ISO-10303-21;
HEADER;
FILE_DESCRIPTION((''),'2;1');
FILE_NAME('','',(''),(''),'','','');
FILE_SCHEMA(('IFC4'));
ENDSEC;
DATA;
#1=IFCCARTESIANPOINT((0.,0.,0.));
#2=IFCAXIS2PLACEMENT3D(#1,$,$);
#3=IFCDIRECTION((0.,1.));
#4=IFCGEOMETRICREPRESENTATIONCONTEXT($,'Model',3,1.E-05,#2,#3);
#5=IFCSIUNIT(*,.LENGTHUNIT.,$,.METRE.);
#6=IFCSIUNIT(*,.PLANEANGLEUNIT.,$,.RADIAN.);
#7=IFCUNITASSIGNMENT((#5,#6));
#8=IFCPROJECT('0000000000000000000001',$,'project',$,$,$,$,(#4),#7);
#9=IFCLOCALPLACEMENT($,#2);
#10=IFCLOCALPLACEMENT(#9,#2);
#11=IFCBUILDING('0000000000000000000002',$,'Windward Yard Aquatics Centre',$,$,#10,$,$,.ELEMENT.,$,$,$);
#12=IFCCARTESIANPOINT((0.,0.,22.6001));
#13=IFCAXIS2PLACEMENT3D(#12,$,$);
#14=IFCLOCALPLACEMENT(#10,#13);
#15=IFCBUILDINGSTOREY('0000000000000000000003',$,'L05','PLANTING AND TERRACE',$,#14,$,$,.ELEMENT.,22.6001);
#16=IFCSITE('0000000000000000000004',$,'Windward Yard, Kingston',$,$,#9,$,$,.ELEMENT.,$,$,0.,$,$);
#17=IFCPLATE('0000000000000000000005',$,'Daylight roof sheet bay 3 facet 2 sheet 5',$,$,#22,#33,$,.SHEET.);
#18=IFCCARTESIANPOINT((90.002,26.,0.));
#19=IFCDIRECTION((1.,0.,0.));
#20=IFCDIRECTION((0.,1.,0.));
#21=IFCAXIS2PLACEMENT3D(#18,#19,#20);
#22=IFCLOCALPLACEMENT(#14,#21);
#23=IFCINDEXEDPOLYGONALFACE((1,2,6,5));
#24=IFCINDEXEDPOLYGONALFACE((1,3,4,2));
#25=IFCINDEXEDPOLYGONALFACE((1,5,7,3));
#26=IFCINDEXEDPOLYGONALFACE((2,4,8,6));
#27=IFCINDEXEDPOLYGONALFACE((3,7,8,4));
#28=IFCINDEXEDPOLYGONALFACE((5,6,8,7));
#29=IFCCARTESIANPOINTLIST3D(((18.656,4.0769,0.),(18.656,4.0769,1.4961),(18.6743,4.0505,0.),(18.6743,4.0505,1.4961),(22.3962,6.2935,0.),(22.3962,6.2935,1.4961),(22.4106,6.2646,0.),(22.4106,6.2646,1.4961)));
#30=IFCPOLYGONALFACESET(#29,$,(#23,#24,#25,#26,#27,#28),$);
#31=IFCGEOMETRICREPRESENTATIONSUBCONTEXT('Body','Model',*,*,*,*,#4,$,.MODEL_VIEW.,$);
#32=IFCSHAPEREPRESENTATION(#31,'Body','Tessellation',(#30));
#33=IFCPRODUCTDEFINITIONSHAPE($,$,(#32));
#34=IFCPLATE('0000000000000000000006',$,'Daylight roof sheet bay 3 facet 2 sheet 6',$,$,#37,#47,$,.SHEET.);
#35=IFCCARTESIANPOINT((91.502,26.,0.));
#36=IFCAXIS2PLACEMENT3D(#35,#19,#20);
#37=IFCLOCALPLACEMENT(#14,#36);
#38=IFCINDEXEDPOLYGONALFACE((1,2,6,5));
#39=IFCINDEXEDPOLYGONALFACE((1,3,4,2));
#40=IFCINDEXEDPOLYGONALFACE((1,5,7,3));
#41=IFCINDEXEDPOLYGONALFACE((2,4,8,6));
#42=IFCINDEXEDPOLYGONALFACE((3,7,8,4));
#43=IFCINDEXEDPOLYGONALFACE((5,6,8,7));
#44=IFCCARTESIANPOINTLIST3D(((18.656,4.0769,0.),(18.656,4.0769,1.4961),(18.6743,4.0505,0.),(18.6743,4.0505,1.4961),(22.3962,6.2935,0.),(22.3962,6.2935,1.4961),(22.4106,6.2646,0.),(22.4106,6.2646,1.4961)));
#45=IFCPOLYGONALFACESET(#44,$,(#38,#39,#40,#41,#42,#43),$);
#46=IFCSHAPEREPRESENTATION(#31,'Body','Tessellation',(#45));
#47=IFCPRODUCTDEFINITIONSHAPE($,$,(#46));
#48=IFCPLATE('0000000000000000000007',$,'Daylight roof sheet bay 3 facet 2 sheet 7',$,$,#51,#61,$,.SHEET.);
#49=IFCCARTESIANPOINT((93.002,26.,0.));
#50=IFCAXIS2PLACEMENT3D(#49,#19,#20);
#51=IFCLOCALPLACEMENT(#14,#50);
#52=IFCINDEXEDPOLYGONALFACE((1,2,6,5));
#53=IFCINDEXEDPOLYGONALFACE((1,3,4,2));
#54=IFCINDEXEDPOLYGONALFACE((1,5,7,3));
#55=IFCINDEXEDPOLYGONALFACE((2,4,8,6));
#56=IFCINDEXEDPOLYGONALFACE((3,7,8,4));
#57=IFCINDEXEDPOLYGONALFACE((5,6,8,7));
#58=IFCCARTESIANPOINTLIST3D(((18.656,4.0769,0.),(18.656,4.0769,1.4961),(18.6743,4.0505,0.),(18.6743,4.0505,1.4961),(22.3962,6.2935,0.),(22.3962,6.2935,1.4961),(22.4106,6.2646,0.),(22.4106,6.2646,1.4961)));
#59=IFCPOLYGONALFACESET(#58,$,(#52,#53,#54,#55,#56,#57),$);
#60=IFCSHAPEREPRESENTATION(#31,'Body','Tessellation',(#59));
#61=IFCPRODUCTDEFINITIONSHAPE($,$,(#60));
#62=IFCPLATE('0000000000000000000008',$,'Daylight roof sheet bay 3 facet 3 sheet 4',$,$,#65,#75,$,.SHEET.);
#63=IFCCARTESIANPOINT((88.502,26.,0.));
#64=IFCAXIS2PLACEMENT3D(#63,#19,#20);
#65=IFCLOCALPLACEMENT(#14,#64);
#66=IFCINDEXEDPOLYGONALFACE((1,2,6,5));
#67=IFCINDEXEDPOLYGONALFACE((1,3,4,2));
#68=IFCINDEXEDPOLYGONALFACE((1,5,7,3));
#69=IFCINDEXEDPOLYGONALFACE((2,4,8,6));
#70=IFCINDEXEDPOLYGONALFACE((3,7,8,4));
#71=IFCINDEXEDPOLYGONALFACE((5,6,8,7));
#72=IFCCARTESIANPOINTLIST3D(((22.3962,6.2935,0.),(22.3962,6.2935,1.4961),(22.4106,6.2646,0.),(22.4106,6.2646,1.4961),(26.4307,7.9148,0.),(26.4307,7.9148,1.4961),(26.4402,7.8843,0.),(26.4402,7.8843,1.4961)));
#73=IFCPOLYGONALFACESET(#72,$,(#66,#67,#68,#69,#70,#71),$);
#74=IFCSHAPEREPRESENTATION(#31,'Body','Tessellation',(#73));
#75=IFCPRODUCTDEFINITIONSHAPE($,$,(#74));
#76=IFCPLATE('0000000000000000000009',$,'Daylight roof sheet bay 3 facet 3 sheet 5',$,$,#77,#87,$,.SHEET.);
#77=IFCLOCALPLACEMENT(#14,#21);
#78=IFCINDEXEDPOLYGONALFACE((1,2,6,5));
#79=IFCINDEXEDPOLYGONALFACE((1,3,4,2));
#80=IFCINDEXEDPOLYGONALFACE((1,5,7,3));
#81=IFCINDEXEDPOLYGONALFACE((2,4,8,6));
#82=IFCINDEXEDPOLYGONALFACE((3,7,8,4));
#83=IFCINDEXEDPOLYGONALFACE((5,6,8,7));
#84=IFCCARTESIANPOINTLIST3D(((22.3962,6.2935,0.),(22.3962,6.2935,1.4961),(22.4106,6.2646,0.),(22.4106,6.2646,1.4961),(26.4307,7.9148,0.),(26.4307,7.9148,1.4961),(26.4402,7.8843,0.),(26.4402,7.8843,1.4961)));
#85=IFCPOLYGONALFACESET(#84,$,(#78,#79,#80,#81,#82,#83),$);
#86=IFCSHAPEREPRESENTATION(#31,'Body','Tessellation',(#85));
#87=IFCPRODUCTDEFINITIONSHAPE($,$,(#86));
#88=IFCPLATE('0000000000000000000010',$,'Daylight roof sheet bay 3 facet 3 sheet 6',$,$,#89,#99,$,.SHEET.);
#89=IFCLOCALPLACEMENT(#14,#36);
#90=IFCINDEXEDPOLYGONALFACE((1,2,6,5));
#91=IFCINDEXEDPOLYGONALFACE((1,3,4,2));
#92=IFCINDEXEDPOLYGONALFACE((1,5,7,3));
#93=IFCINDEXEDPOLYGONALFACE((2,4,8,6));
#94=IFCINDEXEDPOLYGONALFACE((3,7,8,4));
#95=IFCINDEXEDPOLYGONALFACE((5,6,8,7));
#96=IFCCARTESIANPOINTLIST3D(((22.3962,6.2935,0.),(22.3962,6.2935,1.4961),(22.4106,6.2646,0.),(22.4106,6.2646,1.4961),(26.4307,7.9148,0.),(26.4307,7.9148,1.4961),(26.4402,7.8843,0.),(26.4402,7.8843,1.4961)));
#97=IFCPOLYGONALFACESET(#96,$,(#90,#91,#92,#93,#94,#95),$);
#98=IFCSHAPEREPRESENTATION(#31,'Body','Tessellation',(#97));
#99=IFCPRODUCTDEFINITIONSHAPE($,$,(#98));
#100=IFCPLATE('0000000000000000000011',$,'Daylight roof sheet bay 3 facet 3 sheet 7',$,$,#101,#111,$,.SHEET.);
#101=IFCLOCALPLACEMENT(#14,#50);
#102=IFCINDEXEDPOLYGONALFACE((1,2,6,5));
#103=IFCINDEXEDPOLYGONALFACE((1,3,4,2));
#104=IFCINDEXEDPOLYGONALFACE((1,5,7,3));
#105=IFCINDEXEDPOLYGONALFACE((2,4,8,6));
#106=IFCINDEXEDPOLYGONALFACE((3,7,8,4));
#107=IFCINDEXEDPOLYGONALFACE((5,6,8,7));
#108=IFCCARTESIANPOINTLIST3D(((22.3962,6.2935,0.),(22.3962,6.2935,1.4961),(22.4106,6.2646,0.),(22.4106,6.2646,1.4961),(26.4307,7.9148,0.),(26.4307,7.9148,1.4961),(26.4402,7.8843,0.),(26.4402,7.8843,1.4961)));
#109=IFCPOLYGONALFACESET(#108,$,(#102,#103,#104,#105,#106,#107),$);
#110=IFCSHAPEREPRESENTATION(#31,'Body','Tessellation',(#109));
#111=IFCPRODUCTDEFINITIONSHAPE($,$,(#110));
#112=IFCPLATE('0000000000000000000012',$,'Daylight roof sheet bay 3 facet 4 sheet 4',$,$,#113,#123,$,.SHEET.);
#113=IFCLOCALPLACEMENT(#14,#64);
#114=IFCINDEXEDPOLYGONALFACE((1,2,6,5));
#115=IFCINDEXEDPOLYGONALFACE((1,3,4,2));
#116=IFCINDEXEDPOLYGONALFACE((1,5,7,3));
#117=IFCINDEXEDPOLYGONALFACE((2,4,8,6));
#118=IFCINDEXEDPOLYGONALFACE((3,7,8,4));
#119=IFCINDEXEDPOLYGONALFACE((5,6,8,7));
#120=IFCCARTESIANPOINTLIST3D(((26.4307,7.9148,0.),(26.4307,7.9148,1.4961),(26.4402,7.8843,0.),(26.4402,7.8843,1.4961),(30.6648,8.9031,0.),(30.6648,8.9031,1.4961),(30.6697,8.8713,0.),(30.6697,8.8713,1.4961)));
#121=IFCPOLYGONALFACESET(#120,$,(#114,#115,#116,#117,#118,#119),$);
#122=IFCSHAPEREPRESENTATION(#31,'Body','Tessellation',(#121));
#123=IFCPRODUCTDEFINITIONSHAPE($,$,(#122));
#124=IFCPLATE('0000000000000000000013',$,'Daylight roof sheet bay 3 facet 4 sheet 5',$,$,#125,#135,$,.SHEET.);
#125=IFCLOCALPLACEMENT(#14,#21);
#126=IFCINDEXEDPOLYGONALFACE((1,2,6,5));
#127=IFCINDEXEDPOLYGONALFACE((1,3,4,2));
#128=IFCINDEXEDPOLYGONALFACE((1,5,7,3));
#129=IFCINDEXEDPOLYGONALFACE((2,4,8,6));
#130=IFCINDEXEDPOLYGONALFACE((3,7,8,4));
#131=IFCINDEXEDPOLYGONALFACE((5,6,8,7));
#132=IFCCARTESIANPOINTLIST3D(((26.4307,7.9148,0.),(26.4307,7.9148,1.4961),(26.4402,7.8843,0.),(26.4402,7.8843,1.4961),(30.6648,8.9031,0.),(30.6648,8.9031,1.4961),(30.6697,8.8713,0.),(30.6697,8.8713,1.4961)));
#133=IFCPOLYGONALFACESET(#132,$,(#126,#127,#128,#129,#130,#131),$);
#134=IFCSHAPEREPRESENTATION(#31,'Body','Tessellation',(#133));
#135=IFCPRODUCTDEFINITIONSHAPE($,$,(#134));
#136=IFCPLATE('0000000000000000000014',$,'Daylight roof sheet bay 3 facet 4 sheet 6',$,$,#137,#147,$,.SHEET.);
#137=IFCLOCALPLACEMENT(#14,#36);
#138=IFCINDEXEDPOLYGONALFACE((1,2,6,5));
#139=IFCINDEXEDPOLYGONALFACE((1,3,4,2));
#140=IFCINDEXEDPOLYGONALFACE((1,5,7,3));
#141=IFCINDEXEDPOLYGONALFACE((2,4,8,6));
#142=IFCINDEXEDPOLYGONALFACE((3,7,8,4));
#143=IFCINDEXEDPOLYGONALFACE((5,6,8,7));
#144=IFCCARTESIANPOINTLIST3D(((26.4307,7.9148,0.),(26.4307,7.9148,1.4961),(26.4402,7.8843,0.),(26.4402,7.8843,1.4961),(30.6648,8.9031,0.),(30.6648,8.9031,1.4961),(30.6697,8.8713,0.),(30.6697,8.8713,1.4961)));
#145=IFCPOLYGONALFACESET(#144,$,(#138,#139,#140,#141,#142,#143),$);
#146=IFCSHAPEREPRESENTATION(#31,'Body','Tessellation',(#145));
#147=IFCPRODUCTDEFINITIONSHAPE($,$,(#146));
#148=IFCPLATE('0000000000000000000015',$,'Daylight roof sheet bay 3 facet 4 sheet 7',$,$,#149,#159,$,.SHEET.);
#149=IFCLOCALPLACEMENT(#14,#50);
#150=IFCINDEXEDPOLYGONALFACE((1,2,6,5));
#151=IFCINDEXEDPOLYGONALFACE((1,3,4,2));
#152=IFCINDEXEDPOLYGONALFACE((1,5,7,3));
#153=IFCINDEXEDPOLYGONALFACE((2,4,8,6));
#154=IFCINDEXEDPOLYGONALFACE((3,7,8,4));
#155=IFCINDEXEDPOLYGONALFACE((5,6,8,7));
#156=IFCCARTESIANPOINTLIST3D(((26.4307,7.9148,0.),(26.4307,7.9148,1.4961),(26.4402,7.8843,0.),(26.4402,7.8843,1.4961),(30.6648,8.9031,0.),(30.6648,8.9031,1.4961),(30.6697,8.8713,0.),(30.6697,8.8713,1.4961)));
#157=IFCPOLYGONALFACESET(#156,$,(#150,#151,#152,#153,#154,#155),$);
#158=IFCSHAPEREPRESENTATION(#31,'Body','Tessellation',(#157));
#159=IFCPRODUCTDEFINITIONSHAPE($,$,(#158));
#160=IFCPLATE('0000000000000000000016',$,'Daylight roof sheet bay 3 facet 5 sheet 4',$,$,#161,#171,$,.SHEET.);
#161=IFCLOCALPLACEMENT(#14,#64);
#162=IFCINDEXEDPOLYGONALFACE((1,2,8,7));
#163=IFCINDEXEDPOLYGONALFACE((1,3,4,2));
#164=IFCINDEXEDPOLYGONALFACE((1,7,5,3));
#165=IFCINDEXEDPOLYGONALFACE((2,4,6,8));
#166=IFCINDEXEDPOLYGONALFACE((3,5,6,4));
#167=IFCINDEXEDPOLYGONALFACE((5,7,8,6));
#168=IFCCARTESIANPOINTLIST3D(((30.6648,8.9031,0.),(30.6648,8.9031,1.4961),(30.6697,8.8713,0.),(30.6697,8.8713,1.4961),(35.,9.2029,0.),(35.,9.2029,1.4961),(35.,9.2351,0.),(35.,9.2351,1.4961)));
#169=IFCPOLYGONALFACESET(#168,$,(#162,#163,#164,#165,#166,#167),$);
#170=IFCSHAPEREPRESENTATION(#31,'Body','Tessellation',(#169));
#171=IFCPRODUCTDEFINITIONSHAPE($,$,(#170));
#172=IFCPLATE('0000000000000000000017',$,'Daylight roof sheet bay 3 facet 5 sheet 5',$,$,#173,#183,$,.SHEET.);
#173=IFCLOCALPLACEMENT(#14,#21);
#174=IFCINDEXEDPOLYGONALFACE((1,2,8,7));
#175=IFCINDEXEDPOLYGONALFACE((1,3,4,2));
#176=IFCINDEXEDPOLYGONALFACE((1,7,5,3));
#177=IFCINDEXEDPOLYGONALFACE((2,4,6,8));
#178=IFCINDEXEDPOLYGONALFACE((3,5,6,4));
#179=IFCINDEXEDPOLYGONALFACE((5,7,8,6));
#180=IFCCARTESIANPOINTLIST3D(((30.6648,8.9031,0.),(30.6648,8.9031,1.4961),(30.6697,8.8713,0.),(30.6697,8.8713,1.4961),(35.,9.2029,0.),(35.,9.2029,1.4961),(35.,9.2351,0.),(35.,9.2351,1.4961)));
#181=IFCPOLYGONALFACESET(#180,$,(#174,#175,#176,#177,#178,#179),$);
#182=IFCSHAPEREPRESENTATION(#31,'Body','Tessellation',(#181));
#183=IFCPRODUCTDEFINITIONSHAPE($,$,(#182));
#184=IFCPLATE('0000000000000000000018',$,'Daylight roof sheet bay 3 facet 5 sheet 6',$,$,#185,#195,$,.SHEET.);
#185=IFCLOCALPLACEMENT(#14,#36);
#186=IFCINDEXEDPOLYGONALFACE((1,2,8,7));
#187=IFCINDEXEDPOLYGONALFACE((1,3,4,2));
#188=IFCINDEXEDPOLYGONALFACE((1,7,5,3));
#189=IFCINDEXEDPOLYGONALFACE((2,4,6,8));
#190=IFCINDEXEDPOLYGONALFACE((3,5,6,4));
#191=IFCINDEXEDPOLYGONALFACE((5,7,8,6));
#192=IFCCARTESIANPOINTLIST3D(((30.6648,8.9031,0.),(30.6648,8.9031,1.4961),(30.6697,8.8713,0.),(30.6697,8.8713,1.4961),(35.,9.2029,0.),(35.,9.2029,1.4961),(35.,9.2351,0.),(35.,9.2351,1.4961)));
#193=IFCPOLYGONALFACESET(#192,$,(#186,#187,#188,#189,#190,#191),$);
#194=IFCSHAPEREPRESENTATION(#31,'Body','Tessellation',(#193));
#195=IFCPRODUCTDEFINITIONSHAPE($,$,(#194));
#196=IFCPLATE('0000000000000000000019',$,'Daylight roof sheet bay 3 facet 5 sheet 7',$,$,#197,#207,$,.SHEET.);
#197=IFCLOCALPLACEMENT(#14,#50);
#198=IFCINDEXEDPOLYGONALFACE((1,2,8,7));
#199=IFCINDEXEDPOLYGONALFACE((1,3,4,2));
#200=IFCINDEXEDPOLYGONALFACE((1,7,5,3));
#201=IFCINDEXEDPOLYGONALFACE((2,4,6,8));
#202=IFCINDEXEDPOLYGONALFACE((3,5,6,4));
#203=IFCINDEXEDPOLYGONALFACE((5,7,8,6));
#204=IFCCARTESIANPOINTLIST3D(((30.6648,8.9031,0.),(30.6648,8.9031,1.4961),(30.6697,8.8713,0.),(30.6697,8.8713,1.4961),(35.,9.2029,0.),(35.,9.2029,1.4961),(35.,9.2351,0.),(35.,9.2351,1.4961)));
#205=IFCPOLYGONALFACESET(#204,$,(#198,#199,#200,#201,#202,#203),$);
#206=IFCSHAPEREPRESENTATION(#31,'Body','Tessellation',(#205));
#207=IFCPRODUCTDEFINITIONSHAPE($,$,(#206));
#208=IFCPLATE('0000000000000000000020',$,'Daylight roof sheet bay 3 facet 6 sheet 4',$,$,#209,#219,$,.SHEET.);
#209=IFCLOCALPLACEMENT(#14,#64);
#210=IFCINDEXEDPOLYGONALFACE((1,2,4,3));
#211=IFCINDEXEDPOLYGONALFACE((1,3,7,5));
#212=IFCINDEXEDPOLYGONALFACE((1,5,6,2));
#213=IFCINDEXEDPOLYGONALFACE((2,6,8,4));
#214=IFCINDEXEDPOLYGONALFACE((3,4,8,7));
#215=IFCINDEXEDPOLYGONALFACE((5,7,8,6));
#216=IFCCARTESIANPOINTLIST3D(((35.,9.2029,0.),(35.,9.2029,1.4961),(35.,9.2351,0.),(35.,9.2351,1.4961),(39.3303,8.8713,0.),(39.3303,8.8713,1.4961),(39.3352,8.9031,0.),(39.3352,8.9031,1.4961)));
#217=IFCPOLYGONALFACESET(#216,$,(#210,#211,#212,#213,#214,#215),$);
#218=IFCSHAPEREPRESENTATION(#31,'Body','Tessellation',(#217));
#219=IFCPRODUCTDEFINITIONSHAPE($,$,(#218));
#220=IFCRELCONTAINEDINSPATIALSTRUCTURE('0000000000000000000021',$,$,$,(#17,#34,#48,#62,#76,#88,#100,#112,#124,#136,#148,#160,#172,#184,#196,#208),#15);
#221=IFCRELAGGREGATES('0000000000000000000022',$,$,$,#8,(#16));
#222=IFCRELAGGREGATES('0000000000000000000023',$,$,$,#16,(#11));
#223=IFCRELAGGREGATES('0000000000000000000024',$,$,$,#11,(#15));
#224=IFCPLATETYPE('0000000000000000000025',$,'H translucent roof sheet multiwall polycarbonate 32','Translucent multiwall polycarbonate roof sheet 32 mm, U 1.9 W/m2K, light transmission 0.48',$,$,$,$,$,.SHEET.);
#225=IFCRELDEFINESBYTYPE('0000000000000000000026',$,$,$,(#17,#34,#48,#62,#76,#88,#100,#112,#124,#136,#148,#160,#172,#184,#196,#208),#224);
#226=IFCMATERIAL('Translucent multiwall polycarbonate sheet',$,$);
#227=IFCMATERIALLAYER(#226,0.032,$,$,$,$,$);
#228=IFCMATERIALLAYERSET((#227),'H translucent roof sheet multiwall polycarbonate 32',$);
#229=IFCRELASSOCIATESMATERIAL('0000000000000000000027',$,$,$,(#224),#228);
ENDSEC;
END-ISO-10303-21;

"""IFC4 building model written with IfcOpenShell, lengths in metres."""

from ifc_helpers import new_model, si_unit, direction, frame, origin, place, context, subcontext, project, spatial, polyline, outline, extrude, material, layer, layer_set, type_object, element, save


model = new_model("IFC4")

# Units and contexts
model_context = context("Model", 3, precision=1e-05, world=origin(), true_north=direction((0.0, 1.0)))
body_context = subcontext(model_context, "Body", "Model", "MODEL_VIEW")
ifc_project = project(units=[si_unit("LENGTHUNIT", "METRE"), si_unit("PLANEANGLEUNIT", "RADIAN")], contexts=[model_context])

# Site, building, storey
site_placement = place(None, origin())
site = spatial("IfcSite", under=ifc_project, at=site_placement, Name="Windward Yard, Kingston", CompositionType="ELEMENT", RefElevation=0.0)
building_placement = place(site_placement, origin())
building = spatial("IfcBuilding", under=site, at=building_placement, Name="Windward Yard Aquatics Centre", CompositionType="ELEMENT")
storey_placement = place(building_placement, frame((0.0, 0.0, 22.6001)))
storey = spatial("IfcBuildingStorey", under=building, at=storey_placement, Name="L05", Description="PLANTING AND TERRACE", CompositionType="ELEMENT", Elevation=22.6001)

# Plates
ifc_material = material(Name="Translucent multiwall polycarbonate sheet")
ifc_layer = layer(ifc_material, 0.032)
ifc_layer_set = layer_set([ifc_layer], Name="H translucent roof sheet multiwall polycarbonate 32")
plate_type = type_object("IfcPlateType", Name="H translucent roof sheet multiwall polycarbonate 32", Description="Translucent multiwall polycarbonate roof sheet 32 mm, U 1.9 W/m2K, light transmission 0.48", PredefinedType="SHEET", material=ifc_layer_set)
for number, where, z_axis, x_axis, name in (
    (1, (90.002, 26.0, 0.0), (1.0, 0.0, 0.0), (0.0, 1.0, 0.0), "Daylight roof sheet bay 3 facet 2 sheet 5"),
    (2, (91.502, 26.0, 0.0), (1.0, 0.0, 0.0), (0.0, 1.0, 0.0), "Daylight roof sheet bay 3 facet 2 sheet 6"),
    (3, (93.002, 26.0, 0.0), (1.0, 0.0, 0.0), (0.0, 1.0, 0.0), "Daylight roof sheet bay 3 facet 2 sheet 7"),
):
    element("IfcPlate", number, at=place(storey_placement, frame(where, z_axis=z_axis, x_axis=x_axis)), inside=storey, type_object=plate_type, Name=name, PredefinedType="SHEET", context=body_context, shape_type="SweptSolid", body=[
        extrude(outline(polyline([(18.6743, 4.0505), (22.4106, 6.2646), (22.3962, 6.2935), (18.656, 4.0769), (18.6743, 4.0505)])), origin(), (0.0, 0.0, 1.0), 1.4961),
    ])
for number, where, z_axis, x_axis, name in (
    (4, (88.502, 26.0, 0.0), (1.0, 0.0, 0.0), (0.0, 1.0, 0.0), "Daylight roof sheet bay 3 facet 3 sheet 4"),
    (5, (90.002, 26.0, 0.0), (1.0, 0.0, 0.0), (0.0, 1.0, 0.0), "Daylight roof sheet bay 3 facet 3 sheet 5"),
    (6, (91.502, 26.0, 0.0), (1.0, 0.0, 0.0), (0.0, 1.0, 0.0), "Daylight roof sheet bay 3 facet 3 sheet 6"),
    (7, (93.002, 26.0, 0.0), (1.0, 0.0, 0.0), (0.0, 1.0, 0.0), "Daylight roof sheet bay 3 facet 3 sheet 7"),
):
    element("IfcPlate", number, at=place(storey_placement, frame(where, z_axis=z_axis, x_axis=x_axis)), inside=storey, type_object=plate_type, Name=name, PredefinedType="SHEET", context=body_context, shape_type="SweptSolid", body=[
        extrude(outline(polyline([(22.4106, 6.2646), (26.4402, 7.8843), (26.4307, 7.9148), (22.3962, 6.2935), (22.4106, 6.2646)])), origin(), (0.0, 0.0, 1.0), 1.4961),
    ])
for number, where, z_axis, x_axis, name in (
    (8, (88.502, 26.0, 0.0), (1.0, 0.0, 0.0), (0.0, 1.0, 0.0), "Daylight roof sheet bay 3 facet 4 sheet 4"),
    (9, (90.002, 26.0, 0.0), (1.0, 0.0, 0.0), (0.0, 1.0, 0.0), "Daylight roof sheet bay 3 facet 4 sheet 5"),
    (10, (91.502, 26.0, 0.0), (1.0, 0.0, 0.0), (0.0, 1.0, 0.0), "Daylight roof sheet bay 3 facet 4 sheet 6"),
    (11, (93.002, 26.0, 0.0), (1.0, 0.0, 0.0), (0.0, 1.0, 0.0), "Daylight roof sheet bay 3 facet 4 sheet 7"),
):
    element("IfcPlate", number, at=place(storey_placement, frame(where, z_axis=z_axis, x_axis=x_axis)), inside=storey, type_object=plate_type, Name=name, PredefinedType="SHEET", context=body_context, shape_type="SweptSolid", body=[
        extrude(outline(polyline([(26.4402, 7.8843), (30.6697, 8.8713), (30.6648, 8.9031), (26.4307, 7.9148), (26.4402, 7.8843)])), origin(), (0.0, 0.0, 1.0), 1.4961),
    ])
for number, where, z_axis, x_axis, name in (
    (12, (88.502, 26.0, 0.0), (1.0, 0.0, 0.0), (0.0, 1.0, 0.0), "Daylight roof sheet bay 3 facet 5 sheet 4"),
    (13, (90.002, 26.0, 0.0), (1.0, 0.0, 0.0), (0.0, 1.0, 0.0), "Daylight roof sheet bay 3 facet 5 sheet 5"),
    (14, (91.502, 26.0, 0.0), (1.0, 0.0, 0.0), (0.0, 1.0, 0.0), "Daylight roof sheet bay 3 facet 5 sheet 6"),
    (15, (93.002, 26.0, 0.0), (1.0, 0.0, 0.0), (0.0, 1.0, 0.0), "Daylight roof sheet bay 3 facet 5 sheet 7"),
):
    element("IfcPlate", number, at=place(storey_placement, frame(where, z_axis=z_axis, x_axis=x_axis)), inside=storey, type_object=plate_type, Name=name, PredefinedType="SHEET", context=body_context, shape_type="SweptSolid", body=[
        extrude(outline(polyline([(30.6697, 8.8713), (35.0, 9.2029), (35.0, 9.2351), (30.6648, 8.9031), (30.6697, 8.8713)])), origin(), (0.0, 0.0, 1.0), 1.4961),
    ])
for number, where, z_axis, x_axis, name in (
    (16, (88.502, 26.0, 0.0), (1.0, 0.0, 0.0), (0.0, 1.0, 0.0), "Daylight roof sheet bay 3 facet 6 sheet 4"),
):
    element("IfcPlate", number, at=place(storey_placement, frame(where, z_axis=z_axis, x_axis=x_axis)), inside=storey, type_object=plate_type, Name=name, PredefinedType="SHEET", context=body_context, shape_type="SweptSolid", body=[
        extrude(outline(polyline([(35.0, 9.2029), (39.3303, 8.8713), (39.3352, 8.9031), (35.0, 9.2351), (35.0, 9.2029)])), origin(), (0.0, 0.0, 1.0), 1.4961),
    ])

save(model, "model.ifc")
